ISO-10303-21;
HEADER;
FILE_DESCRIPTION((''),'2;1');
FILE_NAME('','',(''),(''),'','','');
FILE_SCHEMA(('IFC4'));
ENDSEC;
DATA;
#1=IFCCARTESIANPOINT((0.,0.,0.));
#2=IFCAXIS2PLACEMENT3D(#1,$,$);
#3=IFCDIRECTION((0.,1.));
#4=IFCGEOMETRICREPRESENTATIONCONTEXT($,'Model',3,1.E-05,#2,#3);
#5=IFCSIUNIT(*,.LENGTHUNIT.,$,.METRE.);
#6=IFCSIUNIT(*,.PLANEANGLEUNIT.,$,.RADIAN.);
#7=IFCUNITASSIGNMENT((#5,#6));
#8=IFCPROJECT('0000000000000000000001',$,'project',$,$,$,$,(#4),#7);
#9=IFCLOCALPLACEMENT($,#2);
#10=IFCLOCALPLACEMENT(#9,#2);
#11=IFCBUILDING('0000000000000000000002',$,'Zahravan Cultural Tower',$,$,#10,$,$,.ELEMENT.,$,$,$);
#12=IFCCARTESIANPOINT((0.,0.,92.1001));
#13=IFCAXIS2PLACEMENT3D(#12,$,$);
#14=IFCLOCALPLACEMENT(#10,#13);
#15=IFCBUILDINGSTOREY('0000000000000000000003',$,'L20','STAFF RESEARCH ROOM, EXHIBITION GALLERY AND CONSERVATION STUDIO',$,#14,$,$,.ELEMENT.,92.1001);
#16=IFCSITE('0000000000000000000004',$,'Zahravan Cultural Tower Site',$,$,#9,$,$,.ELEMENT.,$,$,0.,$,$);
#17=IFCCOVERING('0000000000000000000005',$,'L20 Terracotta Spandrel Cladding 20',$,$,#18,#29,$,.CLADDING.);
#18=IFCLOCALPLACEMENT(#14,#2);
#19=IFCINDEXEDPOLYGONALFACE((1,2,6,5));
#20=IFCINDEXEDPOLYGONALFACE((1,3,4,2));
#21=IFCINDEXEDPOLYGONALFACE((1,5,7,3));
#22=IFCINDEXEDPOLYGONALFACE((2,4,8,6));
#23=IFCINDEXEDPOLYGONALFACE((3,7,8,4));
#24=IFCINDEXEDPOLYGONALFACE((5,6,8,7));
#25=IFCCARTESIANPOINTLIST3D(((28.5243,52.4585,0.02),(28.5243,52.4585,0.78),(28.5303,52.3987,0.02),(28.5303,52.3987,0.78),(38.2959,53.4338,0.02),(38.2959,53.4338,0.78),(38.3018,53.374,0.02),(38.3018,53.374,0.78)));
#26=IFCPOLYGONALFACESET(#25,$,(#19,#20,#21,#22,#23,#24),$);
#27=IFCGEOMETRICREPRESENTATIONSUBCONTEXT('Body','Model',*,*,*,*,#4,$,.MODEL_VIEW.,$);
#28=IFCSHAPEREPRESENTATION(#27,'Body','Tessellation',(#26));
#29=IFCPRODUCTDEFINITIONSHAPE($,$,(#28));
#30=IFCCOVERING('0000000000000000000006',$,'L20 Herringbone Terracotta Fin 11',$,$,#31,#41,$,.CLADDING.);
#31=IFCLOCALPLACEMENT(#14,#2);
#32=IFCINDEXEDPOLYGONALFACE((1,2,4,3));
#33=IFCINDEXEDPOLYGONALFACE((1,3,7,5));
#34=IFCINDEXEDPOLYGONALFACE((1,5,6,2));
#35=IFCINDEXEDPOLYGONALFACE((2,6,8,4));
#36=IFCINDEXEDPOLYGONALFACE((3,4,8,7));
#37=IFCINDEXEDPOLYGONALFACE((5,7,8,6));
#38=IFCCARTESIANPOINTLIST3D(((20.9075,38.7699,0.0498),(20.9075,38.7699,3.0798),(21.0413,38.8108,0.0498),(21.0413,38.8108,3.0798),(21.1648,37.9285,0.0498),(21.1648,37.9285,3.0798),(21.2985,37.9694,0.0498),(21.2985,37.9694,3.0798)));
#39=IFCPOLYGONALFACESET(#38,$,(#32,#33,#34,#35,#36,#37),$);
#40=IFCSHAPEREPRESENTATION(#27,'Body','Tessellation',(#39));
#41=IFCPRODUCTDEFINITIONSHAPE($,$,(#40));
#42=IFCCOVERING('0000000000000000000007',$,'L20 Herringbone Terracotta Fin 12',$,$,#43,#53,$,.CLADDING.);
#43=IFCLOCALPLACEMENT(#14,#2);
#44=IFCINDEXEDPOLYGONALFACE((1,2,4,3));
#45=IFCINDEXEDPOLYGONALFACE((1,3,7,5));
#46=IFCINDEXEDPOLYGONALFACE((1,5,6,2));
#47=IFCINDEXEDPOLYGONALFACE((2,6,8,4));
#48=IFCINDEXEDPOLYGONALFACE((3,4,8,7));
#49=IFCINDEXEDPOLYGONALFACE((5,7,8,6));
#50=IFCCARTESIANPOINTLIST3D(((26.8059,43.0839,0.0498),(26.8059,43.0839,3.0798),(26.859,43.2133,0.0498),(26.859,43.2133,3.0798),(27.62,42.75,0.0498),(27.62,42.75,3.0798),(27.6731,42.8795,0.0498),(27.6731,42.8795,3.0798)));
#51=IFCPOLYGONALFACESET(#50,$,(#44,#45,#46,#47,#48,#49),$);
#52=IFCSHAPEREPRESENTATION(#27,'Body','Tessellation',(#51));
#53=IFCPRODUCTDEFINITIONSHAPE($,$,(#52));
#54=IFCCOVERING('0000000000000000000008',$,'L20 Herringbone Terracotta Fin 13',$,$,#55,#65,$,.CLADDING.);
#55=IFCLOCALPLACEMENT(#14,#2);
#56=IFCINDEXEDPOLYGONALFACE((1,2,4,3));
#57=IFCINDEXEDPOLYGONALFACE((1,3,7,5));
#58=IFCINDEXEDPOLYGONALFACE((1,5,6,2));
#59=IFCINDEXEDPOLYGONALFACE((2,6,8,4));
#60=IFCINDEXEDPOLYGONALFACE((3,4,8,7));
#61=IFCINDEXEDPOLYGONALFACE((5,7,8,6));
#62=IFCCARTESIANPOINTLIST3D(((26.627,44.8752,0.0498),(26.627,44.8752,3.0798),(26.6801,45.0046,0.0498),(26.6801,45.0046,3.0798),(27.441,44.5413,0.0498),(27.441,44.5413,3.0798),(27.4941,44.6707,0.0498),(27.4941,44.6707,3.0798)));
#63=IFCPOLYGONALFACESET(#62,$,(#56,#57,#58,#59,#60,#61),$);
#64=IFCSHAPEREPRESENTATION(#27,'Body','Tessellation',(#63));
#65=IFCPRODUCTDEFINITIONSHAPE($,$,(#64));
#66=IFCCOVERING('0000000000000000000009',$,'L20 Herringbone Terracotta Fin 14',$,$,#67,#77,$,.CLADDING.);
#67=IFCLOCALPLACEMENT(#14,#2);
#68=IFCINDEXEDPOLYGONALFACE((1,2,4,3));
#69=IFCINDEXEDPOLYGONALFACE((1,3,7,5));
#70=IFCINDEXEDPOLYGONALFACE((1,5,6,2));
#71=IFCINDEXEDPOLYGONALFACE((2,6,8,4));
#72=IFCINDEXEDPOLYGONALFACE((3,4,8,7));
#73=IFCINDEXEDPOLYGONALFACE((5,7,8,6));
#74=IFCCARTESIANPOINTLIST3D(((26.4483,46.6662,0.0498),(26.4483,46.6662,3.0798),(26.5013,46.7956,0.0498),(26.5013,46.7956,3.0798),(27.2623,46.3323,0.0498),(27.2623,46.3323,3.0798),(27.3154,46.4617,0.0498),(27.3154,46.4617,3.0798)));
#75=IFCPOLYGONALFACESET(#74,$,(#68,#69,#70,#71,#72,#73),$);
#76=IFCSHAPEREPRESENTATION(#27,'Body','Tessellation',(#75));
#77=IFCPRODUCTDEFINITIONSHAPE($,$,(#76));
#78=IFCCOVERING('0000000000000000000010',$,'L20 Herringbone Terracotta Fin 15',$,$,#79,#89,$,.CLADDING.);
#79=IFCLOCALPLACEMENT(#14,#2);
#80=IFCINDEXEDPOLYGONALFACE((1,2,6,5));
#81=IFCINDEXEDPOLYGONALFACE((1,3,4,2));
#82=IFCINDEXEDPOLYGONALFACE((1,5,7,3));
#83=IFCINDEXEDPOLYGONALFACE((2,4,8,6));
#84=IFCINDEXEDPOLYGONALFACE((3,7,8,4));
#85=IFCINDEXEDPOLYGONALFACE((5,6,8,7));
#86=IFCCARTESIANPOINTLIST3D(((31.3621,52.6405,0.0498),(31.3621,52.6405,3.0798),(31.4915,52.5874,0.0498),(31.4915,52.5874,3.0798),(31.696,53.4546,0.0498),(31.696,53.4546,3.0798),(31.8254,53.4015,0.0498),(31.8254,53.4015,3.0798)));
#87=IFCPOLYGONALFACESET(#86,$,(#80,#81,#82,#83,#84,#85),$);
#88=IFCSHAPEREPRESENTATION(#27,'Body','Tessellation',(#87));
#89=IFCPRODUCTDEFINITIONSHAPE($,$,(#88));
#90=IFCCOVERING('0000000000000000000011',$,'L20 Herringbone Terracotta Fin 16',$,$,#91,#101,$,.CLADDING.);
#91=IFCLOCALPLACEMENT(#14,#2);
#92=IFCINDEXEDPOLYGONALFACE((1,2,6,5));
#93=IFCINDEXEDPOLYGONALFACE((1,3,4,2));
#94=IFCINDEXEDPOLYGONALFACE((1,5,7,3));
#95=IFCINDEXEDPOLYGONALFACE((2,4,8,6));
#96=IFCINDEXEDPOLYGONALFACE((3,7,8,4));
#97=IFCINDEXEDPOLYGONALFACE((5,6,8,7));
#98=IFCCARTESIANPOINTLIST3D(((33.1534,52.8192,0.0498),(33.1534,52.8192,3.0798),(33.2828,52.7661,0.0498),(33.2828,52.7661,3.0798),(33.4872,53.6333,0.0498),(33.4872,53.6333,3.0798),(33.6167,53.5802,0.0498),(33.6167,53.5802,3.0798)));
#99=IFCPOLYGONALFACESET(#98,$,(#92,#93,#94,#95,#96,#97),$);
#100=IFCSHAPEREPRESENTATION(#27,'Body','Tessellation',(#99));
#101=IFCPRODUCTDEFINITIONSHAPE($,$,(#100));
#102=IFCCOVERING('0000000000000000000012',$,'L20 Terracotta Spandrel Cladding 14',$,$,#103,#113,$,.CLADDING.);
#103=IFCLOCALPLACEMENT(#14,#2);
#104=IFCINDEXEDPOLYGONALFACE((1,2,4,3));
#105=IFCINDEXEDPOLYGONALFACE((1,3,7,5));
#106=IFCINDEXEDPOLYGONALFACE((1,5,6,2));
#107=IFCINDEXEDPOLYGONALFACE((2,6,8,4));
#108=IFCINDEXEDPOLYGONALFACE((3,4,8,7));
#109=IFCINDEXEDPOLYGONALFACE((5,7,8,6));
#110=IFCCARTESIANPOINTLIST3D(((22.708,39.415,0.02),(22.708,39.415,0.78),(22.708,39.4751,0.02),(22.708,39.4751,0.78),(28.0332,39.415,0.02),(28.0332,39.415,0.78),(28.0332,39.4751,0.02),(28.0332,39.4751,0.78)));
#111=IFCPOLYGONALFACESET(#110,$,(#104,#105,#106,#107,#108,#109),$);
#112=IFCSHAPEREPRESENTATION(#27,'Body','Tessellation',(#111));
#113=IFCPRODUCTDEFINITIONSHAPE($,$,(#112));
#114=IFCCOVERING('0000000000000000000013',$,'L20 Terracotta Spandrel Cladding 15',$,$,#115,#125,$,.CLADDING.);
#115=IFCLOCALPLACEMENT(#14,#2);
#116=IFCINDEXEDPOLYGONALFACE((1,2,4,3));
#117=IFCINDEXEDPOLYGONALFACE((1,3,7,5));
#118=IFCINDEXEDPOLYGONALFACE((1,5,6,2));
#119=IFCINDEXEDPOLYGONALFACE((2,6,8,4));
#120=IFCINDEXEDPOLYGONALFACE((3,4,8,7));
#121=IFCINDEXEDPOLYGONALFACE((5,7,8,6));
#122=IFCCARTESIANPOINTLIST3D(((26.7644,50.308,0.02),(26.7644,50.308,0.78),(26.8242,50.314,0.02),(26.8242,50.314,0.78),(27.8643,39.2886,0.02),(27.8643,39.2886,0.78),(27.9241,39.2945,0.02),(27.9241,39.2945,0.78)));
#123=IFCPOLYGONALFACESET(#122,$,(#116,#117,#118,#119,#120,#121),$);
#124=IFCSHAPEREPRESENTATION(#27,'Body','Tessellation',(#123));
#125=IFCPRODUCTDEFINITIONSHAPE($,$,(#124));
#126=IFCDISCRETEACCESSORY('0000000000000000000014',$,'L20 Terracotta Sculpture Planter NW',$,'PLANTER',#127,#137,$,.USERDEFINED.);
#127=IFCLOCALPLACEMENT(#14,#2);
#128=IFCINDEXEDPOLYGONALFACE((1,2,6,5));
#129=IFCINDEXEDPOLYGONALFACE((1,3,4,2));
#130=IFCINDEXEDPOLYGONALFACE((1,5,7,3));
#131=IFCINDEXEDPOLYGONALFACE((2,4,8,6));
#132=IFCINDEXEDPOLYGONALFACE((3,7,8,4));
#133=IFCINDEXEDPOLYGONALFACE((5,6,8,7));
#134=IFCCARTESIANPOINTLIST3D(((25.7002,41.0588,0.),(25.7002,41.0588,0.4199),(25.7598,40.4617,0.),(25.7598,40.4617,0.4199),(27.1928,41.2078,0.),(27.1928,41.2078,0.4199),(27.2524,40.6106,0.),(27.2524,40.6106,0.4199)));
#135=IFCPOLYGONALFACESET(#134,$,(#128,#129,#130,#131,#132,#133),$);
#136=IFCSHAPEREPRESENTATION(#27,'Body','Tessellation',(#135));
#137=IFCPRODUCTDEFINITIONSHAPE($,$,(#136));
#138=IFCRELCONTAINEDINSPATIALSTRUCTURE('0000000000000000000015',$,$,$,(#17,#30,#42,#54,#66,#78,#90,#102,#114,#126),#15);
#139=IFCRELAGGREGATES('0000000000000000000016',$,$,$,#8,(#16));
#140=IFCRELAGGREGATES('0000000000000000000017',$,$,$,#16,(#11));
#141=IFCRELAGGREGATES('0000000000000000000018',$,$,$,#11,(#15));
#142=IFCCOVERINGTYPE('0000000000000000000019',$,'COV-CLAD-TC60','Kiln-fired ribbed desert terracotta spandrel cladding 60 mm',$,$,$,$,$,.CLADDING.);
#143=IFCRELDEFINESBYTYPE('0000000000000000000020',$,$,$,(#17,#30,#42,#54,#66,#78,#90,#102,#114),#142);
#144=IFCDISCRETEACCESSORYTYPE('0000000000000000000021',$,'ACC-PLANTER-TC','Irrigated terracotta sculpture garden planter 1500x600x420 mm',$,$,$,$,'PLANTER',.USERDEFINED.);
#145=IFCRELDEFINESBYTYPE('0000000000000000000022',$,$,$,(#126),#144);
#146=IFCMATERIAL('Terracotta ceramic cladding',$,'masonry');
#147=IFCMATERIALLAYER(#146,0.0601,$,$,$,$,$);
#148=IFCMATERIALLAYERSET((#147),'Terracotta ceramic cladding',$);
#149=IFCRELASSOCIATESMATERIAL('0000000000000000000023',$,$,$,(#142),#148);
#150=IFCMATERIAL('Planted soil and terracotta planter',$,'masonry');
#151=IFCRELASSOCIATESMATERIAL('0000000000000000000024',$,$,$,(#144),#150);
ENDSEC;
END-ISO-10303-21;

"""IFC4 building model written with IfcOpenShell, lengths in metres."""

from ifc_helpers import new_model, si_unit, direction, frame, origin, origin_2d, place, context, subcontext, project, spatial, rectangle, extrude, source, transform, mapped, material, layer, layer_set, type_object, element, save


model = new_model("IFC4")

# Units and contexts
model_context = context("Model", 3, precision=1e-05, world=origin(), true_north=direction((0.0, 1.0)))
body_context = subcontext(model_context, "Body", "Model", "MODEL_VIEW")
ifc_project = project(units=[si_unit("LENGTHUNIT", "METRE"), si_unit("PLANEANGLEUNIT", "RADIAN")], contexts=[model_context])

# Site, building, storey
site_placement = place(None, origin())
site = spatial("IfcSite", under=ifc_project, at=site_placement, Name="Zahravan Cultural Tower Site", CompositionType="ELEMENT", RefElevation=0.0)
building_placement = place(site_placement, origin())
building = spatial("IfcBuilding", under=site, at=building_placement, Name="Zahravan Cultural Tower", CompositionType="ELEMENT")
storey_placement = place(building_placement, frame((0.0, 0.0, 92.1001)))
storey = spatial("IfcBuildingStorey", under=building, at=storey_placement, Name="L20", Description="STAFF RESEARCH ROOM, EXHIBITION GALLERY AND CONSERVATION STUDIO", CompositionType="ELEMENT", Elevation=92.1001)

# Coverings
ifc_material_1 = material(Name="Terracotta ceramic cladding", Category="masonry")
ifc_layer_1 = layer(ifc_material_1, 0.0601)
ifc_layer_set_1 = layer_set([ifc_layer_1], Name="Terracotta ceramic cladding")
covering_type = type_object("IfcCoveringType", Name="COV-CLAD-TC60", Description="Kiln-fired ribbed desert terracotta spandrel cladding 60 mm", PredefinedType="CLADDING", material=ifc_layer_set_1)
shared_shape_1 = source(origin(), body_context, "Body", "SweptSolid", [
    extrude(rectangle(XDim=9.8201, YDim=0.0601, at=origin_2d()), origin(), (0.0, 0.0, 1.0), 0.76),
])
covering_1_placement = place(storey_placement, frame((33.4131, 52.9163, 0.02), z_axis=(0.0, 0.0, 1.0), x_axis=(0.995056, 0.09932, 0.0)))
element("IfcCovering", 1, at=covering_1_placement, inside=storey, type_object=covering_type, Name="L20 Terracotta Spandrel Cladding 20", PredefinedType="CLADDING", context=body_context, shape_type="MappedRepresentation", body=[
    mapped(shared_shape_1, transform((0.0, 0.0, 0.0), x_axis=(1.0, 0.0, 0.0), y_axis=(0.0, 1.0, 0.0), z_axis=(0.0, 0.0, 1.0), scale=1.0)),
])
shared_shape_2 = source(origin(), body_context, "Body", "SweptSolid", [
    extrude(rectangle(XDim=0.8799, YDim=0.1399, at=origin_2d()), origin(), (0.0, 0.0, 1.0), 3.03),
])
for number, where, z_axis, x_axis, name in (
    (2, (21.103, 38.3696, 0.0498), (0.0, 0.0, 1.0), (-0.292372, 0.956305, 0.0), "L20 Herringbone Terracotta Fin 11"),
    (3, (27.2395, 42.9817, 0.0498), (0.0, 0.0, 1.0), (-0.92521, 0.379456, 0.0), "L20 Herringbone Terracotta Fin 12"),
    (4, (27.0605, 44.7729, 0.0498), (0.0, 0.0, 1.0), (-0.92521, 0.379456, 0.0), "L20 Herringbone Terracotta Fin 13"),
    (5, (26.8818, 46.564, 0.0498), (0.0, 0.0, 1.0), (-0.92521, 0.379456, 0.0), "L20 Herringbone Terracotta Fin 14"),
    (6, (31.5938, 53.021, 0.0498), (0.0, 0.0, 1.0), (0.379456, 0.92521, 0.0), "L20 Herringbone Terracotta Fin 15"),
    (7, (33.385, 53.1997, 0.0498), (0.0, 0.0, 1.0), (0.379456, 0.92521, 0.0), "L20 Herringbone Terracotta Fin 16"),
):
    element("IfcCovering", number, at=place(storey_placement, frame(where, z_axis=z_axis, x_axis=x_axis)), inside=storey, type_object=covering_type, Name=name, PredefinedType="CLADDING", context=body_context, shape_type="MappedRepresentation", body=[
        mapped(shared_shape_2, transform((0.0, 0.0, 0.0), x_axis=(1.0, 0.0, 0.0), y_axis=(0.0, 1.0, 0.0), z_axis=(0.0, 0.0, 1.0), scale=1.0)),
    ])
shared_shape_3 = source(origin(), body_context, "Body", "SweptSolid", [
    extrude(rectangle(XDim=5.3252, YDim=0.0601, at=origin_2d()), origin(), (0.0, 0.0, 1.0), 0.76),
])
covering_2_placement = place(storey_placement, frame((25.3706, 39.4451, 0.02), z_axis=(0.0, 0.0, 1.0), x_axis=(1.0, 0.0, 0.0)))
element("IfcCovering", 8, at=covering_2_placement, inside=storey, type_object=covering_type, Name="L20 Terracotta Spandrel Cladding 14", PredefinedType="CLADDING", context=body_context, shape_type="MappedRepresentation", body=[
    mapped(shared_shape_3, transform((0.0, 0.0, 0.0), x_axis=(1.0, 0.0, 0.0), y_axis=(0.0, 1.0, 0.0), z_axis=(0.0, 0.0, 1.0), scale=1.0)),
])
shared_shape_4 = source(origin(), body_context, "Body", "SweptSolid", [
    extrude(rectangle(XDim=11.0742, YDim=0.0601, at=origin_2d()), origin(), (0.0, 0.0, 1.0), 0.76),
])
covering_3_placement = place(storey_placement, frame((27.3442, 44.8013, 0.02), z_axis=(0.0, 0.0, 1.0), x_axis=(-0.09932, 0.995056, 0.0)))
element("IfcCovering", 9, at=covering_3_placement, inside=storey, type_object=covering_type, Name="L20 Terracotta Spandrel Cladding 15", PredefinedType="CLADDING", context=body_context, shape_type="MappedRepresentation", body=[
    mapped(shared_shape_4, transform((0.0, 0.0, 0.0), x_axis=(1.0, 0.0, 0.0), y_axis=(0.0, 1.0, 0.0), z_axis=(0.0, 0.0, 1.0), scale=1.0)),
])

# Discrete accessory
ifc_material_2 = material(Name="Planted soil and terracotta planter", Category="masonry")
discrete_accessory_type = type_object("IfcDiscreteAccessoryType", Name="ACC-PLANTER-TC", Description="Irrigated terracotta sculpture garden planter 1500x600x420 mm", ElementType="PLANTER", PredefinedType="USERDEFINED", material=ifc_material_2)
shared_shape_5 = source(origin(), body_context, "Body", "SweptSolid", [
    extrude(rectangle(XDim=1.5, YDim=0.6001, at=origin_2d()), origin(), (0.0, 0.0, 1.0), 0.4199),
])
discrete_accessory_placement = place(storey_placement, frame((26.4763, 40.8347, 0.0), z_axis=(0.0, 0.0, 1.0), x_axis=(0.995056, 0.09932, 0.0)))
element("IfcDiscreteAccessory", 10, at=discrete_accessory_placement, inside=storey, type_object=discrete_accessory_type, Name="L20 Terracotta Sculpture Planter NW", ObjectType="PLANTER", PredefinedType="USERDEFINED", context=body_context, shape_type="MappedRepresentation", body=[
    mapped(shared_shape_5, transform((0.0, 0.0, 0.0), x_axis=(1.0, 0.0, 0.0), y_axis=(0.0, 1.0, 0.0), z_axis=(0.0, 0.0, 1.0), scale=1.0)),
])

save(model, "model.ifc")
